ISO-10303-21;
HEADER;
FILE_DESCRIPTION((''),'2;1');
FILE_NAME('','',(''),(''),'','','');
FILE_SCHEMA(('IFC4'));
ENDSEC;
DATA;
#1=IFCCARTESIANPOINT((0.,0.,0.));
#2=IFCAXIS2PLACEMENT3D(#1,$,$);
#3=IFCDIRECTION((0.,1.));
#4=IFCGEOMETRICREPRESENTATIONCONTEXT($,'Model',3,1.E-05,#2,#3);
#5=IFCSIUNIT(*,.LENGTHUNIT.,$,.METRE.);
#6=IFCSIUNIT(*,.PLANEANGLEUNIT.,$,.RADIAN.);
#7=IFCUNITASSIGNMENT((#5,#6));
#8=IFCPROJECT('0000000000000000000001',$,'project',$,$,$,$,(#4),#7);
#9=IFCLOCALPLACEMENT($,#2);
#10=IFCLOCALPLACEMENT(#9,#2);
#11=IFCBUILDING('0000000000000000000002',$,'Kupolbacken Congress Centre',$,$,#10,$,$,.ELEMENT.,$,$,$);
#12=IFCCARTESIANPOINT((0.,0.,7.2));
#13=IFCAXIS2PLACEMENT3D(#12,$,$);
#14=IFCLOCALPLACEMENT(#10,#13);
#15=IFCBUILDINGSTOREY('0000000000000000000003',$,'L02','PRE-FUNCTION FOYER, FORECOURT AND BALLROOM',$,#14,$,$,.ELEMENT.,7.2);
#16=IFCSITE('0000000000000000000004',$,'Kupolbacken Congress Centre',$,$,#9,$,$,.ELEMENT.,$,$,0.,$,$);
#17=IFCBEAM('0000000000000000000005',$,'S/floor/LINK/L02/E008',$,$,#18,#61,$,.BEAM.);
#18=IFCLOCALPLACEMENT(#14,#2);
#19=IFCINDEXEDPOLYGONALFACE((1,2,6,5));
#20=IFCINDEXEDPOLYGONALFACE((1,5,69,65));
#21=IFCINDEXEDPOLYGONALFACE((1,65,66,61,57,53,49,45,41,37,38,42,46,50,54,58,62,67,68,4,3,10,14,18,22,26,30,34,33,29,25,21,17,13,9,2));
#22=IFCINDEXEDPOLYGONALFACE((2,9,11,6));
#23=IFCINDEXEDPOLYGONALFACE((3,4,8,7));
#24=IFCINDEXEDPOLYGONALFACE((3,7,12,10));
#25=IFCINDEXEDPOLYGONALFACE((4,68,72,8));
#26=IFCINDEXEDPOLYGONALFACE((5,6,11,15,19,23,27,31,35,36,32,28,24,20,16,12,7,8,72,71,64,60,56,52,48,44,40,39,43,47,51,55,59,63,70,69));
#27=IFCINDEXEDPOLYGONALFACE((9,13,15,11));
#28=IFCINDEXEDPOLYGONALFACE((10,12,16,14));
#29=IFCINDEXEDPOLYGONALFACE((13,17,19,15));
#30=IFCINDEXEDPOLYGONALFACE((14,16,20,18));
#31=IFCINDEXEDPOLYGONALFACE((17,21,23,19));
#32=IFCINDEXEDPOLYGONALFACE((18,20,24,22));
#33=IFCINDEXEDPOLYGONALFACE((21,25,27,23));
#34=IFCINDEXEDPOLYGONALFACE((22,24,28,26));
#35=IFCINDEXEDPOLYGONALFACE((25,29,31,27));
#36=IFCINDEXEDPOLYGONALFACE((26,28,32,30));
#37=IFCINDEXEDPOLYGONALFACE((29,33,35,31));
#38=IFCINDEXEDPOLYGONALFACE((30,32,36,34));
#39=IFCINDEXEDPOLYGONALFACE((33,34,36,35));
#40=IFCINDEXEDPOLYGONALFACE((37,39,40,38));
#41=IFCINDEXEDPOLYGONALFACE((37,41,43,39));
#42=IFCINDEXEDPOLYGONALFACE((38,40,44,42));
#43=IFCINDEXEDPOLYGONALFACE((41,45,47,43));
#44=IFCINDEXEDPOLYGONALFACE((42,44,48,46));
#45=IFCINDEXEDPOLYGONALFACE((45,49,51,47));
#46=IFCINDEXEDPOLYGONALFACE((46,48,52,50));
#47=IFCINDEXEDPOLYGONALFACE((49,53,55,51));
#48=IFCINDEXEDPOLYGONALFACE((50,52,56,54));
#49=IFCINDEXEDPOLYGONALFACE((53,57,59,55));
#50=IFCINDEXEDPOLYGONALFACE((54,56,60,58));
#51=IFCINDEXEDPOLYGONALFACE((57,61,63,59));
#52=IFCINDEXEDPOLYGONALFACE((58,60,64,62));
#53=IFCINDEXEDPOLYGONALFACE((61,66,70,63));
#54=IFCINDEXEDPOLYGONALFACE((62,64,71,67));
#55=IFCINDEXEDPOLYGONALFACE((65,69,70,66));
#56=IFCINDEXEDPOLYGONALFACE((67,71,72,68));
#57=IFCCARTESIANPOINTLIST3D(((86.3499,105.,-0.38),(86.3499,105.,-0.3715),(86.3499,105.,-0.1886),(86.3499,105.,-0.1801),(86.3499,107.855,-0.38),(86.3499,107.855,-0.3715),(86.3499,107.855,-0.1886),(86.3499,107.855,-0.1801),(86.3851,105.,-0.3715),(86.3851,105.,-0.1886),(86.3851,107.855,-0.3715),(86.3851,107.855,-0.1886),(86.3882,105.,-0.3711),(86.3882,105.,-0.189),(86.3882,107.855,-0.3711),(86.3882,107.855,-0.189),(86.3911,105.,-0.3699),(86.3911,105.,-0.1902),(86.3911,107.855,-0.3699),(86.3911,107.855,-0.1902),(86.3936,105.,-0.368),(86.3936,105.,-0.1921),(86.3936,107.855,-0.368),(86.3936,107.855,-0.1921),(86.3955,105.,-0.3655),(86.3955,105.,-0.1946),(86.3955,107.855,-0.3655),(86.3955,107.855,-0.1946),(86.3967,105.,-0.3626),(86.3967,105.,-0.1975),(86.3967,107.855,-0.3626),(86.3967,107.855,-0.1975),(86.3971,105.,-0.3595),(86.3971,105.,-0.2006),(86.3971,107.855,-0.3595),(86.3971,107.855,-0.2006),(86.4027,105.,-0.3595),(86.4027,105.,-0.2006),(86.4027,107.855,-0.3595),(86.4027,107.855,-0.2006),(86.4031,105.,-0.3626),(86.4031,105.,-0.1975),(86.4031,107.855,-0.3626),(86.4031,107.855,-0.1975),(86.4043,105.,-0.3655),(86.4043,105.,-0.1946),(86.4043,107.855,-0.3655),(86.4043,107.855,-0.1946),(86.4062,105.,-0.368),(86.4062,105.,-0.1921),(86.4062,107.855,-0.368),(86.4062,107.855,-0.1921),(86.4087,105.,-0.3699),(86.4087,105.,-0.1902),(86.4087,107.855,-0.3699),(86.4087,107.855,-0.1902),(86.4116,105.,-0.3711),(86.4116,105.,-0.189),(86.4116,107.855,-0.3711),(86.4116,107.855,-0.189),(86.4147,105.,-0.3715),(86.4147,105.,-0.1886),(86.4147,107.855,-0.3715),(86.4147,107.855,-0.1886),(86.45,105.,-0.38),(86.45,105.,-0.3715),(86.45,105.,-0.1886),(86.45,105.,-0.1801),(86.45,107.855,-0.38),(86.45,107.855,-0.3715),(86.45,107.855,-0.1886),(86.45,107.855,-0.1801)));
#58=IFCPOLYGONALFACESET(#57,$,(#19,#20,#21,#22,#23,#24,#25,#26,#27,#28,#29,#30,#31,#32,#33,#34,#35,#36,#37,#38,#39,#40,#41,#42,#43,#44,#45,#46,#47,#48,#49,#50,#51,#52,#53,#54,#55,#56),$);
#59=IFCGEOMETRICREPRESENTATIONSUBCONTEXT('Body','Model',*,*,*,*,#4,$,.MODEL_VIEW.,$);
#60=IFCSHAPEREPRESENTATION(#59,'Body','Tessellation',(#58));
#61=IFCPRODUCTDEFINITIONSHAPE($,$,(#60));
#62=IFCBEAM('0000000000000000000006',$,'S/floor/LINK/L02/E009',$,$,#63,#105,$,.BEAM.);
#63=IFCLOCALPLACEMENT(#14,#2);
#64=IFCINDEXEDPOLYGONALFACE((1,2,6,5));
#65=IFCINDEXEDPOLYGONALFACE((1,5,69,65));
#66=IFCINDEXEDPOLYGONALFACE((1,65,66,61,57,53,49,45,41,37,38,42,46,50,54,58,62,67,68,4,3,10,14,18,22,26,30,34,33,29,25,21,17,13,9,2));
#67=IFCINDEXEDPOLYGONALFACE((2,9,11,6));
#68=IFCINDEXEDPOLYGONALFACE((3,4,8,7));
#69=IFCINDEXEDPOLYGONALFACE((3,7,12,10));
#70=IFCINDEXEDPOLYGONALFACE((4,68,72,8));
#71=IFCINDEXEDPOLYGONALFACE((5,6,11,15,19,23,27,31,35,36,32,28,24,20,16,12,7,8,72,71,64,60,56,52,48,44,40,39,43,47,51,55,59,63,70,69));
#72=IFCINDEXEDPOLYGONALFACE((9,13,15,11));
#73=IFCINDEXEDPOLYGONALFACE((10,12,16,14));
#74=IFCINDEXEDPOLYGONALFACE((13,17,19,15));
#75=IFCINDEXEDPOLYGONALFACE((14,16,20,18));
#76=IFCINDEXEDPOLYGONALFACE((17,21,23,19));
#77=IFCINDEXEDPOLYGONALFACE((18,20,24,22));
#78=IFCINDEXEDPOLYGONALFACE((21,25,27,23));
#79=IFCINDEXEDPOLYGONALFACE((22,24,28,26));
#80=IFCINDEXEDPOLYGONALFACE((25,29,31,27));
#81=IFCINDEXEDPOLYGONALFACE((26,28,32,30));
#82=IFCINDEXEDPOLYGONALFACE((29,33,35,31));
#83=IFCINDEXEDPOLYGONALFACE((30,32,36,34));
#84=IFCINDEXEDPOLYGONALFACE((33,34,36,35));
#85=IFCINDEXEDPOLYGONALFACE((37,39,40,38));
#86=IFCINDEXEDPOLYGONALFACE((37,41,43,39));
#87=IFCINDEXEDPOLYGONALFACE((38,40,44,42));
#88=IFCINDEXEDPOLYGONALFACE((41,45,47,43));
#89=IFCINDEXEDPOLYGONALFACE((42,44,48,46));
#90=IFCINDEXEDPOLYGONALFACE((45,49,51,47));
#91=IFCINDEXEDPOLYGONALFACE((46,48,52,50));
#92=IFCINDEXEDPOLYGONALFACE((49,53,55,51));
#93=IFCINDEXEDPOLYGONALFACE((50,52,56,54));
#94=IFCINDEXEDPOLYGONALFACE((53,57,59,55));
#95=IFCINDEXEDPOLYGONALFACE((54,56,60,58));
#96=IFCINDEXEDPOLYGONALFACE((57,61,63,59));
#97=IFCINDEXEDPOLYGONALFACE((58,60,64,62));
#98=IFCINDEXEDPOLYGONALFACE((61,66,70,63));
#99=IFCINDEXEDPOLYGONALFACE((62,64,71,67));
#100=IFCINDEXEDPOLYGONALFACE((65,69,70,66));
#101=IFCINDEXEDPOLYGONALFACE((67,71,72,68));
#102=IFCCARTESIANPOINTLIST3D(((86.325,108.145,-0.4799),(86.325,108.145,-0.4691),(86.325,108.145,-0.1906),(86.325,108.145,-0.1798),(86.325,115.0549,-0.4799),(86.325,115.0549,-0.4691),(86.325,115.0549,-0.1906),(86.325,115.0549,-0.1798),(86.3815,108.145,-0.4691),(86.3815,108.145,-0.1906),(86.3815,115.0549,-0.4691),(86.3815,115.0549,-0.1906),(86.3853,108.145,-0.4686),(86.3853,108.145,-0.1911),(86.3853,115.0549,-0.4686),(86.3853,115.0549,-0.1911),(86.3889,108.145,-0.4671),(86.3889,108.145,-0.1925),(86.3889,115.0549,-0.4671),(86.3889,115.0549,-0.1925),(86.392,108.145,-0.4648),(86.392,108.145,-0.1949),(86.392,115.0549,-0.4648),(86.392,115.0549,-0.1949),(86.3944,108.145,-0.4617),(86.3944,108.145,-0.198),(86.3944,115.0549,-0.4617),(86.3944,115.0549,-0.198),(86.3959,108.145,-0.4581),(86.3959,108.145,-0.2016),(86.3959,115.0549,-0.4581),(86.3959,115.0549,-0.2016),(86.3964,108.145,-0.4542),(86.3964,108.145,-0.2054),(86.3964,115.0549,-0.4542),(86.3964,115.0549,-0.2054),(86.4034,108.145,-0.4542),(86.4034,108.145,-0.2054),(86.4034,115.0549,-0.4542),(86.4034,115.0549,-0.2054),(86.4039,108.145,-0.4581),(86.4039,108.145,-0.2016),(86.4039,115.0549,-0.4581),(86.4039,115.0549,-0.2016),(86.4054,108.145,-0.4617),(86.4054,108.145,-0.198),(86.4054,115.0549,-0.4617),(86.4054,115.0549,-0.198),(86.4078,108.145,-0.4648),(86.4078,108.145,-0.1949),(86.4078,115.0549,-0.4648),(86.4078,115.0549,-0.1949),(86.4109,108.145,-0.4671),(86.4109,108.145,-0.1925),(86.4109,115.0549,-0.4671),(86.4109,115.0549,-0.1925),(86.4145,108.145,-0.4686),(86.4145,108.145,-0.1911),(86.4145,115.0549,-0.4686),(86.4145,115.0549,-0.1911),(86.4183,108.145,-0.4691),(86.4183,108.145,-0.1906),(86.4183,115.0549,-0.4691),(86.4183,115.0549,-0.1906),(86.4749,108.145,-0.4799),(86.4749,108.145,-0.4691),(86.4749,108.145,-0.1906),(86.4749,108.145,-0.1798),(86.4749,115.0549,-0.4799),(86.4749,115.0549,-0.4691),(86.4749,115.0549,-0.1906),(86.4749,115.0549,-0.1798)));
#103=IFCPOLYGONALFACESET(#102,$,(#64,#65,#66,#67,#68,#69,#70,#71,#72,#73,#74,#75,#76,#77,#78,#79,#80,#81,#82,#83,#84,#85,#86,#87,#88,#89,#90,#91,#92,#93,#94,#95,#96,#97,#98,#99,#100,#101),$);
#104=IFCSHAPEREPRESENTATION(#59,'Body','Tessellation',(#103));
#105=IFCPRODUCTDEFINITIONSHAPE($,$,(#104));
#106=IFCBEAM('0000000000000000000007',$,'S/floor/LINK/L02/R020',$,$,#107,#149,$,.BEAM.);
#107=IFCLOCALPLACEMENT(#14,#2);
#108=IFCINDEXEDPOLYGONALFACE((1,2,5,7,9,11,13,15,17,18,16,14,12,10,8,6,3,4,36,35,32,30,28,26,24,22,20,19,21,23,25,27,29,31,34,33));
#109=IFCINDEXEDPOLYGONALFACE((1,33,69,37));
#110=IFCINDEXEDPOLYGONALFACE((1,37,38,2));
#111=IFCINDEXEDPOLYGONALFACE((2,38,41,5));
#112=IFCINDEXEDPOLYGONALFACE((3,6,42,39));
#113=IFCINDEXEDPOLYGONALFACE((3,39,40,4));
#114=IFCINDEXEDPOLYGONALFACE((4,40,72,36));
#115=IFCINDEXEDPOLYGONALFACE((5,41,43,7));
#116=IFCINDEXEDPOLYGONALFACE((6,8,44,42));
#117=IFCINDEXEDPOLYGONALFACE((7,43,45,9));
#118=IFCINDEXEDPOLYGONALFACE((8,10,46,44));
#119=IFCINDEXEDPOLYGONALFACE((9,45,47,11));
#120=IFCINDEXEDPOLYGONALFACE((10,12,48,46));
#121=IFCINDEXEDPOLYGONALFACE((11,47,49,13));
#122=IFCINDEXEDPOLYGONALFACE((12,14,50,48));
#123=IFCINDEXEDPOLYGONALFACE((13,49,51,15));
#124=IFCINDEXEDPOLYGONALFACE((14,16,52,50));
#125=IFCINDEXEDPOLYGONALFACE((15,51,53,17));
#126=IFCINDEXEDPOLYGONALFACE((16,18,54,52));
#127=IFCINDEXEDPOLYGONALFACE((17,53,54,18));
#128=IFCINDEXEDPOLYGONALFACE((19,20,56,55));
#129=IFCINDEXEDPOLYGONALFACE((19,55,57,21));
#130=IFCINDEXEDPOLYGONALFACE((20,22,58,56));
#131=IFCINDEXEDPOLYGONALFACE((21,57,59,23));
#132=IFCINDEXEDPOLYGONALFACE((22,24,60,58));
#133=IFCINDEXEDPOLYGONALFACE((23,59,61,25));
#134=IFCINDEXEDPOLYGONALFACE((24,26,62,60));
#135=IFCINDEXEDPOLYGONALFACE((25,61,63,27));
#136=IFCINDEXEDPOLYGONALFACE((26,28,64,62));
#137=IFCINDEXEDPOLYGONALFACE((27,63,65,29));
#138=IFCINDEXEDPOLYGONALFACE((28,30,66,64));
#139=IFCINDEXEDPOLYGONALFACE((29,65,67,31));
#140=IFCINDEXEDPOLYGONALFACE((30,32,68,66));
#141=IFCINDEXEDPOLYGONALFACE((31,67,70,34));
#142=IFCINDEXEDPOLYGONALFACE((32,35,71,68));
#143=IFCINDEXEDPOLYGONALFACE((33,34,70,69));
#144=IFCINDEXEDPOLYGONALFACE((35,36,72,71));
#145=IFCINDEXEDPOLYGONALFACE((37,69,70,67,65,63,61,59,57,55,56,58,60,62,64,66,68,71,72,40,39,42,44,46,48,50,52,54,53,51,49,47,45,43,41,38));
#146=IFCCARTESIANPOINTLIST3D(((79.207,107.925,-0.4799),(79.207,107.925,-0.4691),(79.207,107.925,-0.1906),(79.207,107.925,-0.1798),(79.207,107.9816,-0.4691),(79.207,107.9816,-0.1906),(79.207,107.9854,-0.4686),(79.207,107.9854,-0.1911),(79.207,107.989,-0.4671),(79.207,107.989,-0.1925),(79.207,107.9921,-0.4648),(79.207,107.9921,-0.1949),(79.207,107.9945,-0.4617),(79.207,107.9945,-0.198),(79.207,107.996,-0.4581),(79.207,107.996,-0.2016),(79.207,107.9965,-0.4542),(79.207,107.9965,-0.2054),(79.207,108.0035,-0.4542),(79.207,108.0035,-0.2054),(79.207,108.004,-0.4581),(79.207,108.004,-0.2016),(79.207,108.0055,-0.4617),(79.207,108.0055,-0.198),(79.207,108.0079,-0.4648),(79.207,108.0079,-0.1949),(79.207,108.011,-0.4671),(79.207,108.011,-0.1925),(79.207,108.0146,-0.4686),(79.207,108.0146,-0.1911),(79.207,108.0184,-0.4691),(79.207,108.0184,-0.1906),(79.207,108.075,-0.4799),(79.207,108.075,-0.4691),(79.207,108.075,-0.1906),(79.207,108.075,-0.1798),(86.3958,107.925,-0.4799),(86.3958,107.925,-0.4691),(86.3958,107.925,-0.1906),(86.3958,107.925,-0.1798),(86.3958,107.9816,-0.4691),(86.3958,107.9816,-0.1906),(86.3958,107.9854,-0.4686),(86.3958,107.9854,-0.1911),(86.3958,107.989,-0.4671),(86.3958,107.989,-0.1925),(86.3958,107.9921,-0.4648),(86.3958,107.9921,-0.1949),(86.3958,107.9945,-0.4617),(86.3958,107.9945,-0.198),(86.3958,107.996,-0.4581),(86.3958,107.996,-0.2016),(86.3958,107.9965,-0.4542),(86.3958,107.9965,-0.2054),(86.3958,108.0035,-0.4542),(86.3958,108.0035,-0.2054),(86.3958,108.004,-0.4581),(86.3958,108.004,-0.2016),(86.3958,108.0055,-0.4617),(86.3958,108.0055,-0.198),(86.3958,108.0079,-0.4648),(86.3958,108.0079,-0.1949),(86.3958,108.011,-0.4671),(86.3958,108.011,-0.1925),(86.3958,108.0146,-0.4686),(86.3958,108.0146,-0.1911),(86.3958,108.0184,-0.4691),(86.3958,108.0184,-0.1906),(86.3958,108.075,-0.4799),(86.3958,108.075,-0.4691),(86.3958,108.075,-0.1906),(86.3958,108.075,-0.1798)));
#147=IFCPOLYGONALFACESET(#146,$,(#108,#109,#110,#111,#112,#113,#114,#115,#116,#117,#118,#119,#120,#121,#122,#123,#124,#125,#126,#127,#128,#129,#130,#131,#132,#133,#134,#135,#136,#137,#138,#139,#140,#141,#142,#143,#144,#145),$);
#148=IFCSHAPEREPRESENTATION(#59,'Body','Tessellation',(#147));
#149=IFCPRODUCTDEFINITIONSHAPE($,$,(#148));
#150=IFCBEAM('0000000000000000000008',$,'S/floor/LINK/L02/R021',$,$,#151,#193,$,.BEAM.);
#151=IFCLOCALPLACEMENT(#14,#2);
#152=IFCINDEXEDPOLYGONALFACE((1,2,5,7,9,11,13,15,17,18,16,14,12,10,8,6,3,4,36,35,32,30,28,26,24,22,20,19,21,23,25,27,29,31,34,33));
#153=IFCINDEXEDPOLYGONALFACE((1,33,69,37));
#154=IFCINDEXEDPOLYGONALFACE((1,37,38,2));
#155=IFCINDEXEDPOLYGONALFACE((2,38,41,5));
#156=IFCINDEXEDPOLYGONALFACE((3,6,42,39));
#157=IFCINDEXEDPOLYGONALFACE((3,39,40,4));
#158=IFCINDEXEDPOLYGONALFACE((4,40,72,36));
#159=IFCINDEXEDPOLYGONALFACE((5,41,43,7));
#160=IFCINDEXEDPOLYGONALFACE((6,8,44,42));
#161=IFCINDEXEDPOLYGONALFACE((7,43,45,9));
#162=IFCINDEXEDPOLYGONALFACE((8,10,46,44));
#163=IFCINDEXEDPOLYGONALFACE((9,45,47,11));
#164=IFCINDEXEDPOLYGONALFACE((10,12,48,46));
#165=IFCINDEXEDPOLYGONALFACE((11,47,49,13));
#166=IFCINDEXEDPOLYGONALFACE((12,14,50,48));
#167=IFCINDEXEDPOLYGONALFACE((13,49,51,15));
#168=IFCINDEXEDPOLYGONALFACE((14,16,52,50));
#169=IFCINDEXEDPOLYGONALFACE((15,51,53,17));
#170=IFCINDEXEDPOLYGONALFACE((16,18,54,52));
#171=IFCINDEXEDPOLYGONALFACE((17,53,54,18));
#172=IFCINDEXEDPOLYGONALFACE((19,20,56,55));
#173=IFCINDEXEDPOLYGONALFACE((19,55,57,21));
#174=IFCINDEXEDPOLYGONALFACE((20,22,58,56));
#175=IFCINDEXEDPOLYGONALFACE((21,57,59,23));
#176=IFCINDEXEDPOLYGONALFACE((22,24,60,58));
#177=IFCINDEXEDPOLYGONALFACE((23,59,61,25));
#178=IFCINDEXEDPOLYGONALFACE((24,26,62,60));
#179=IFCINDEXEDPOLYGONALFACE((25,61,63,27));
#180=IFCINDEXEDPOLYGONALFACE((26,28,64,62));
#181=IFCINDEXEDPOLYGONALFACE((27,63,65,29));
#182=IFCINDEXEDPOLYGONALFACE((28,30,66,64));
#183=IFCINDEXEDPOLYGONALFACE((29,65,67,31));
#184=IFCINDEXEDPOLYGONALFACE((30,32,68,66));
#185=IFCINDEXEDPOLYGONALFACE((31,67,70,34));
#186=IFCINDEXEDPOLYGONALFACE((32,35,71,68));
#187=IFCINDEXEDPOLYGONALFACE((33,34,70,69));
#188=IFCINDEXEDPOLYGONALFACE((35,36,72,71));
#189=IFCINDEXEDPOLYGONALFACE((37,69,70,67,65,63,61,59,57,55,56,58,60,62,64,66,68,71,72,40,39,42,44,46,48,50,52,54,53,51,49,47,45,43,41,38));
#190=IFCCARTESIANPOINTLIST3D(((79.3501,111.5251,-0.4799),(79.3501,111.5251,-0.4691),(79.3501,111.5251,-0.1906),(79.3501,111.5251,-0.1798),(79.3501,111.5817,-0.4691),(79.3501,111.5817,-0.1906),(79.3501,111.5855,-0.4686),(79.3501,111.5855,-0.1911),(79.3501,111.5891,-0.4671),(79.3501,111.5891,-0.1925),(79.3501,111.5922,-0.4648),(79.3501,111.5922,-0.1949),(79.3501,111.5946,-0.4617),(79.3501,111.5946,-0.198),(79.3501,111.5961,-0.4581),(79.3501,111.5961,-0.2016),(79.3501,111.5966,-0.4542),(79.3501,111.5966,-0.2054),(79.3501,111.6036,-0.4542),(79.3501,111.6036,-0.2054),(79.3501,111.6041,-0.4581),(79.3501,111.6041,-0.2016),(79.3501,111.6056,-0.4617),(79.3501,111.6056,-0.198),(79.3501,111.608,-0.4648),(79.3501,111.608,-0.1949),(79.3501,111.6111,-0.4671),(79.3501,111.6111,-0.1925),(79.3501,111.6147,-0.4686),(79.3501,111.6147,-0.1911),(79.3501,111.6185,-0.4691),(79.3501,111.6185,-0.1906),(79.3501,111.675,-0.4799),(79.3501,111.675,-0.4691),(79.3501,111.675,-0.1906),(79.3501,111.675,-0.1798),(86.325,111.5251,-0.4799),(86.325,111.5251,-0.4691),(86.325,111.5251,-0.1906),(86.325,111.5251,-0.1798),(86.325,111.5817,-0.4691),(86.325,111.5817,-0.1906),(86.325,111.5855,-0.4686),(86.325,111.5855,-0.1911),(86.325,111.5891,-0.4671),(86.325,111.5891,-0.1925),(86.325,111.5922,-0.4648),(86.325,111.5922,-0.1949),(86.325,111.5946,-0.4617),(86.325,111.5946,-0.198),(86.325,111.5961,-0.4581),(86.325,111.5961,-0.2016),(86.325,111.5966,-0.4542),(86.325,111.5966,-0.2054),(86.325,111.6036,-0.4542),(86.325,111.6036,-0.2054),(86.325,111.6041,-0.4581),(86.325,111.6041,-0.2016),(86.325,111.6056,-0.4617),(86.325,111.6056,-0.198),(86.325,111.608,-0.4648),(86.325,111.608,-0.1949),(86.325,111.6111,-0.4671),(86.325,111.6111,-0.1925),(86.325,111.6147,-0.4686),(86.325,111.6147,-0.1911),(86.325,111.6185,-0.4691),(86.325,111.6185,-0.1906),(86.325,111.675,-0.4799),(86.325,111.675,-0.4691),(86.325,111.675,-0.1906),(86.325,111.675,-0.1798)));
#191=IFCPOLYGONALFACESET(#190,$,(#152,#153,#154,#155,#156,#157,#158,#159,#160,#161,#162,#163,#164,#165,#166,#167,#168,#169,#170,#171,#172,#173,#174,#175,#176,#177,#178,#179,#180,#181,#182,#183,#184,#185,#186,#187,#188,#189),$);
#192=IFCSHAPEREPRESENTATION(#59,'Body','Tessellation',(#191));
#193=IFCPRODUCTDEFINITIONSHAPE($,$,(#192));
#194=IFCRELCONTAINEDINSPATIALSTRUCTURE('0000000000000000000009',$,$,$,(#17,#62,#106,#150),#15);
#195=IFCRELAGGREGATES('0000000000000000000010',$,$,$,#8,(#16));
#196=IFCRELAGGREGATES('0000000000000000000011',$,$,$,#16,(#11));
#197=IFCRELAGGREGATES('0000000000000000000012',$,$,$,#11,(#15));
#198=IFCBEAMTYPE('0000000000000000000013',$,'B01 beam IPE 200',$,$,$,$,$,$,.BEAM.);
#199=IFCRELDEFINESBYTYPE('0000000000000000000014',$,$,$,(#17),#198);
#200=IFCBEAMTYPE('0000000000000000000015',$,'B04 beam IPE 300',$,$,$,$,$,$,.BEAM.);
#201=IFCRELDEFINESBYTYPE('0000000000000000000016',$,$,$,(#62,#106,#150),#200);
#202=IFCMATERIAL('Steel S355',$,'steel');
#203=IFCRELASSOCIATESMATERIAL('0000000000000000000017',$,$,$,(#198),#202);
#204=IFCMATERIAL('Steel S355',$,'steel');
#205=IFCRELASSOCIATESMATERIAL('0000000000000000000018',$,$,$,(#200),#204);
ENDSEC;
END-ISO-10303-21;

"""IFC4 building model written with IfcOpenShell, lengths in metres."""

from ifc_helpers import new_model, si_unit, direction, frame, origin, origin_2d, place, context, subcontext, project, spatial, i_section, extrude, material, material_profile, profile_set, type_object, element, save


model = new_model("IFC4")

# Units and contexts
model_context = context("Model", 3, precision=1e-05, world=origin(), true_north=direction((0.0, 1.0)))
body_context = subcontext(model_context, "Body", "Model", "MODEL_VIEW")
ifc_project = project(units=[si_unit("LENGTHUNIT", "METRE"), si_unit("PLANEANGLEUNIT", "RADIAN")], contexts=[model_context])

# Site, building, storey
site_placement = place(None, origin())
site = spatial("IfcSite", under=ifc_project, at=site_placement, Name="Kupolbacken Congress Centre", CompositionType="ELEMENT", RefElevation=0.0)
building_placement = place(site_placement, origin())
building = spatial("IfcBuilding", under=site, at=building_placement, Name="Kupolbacken Congress Centre", CompositionType="ELEMENT")
storey_placement = place(building_placement, frame((0.0, 0.0, 7.2)))
storey = spatial("IfcBuildingStorey", under=building, at=storey_placement, Name="L02", Description="PRE-FUNCTION FOYER, FORECOURT AND BALLROOM", CompositionType="ELEMENT", Elevation=7.2)

# Beams
ifc_material_1 = material(Name="Steel S355", Category="steel")
ifc_material_profile_1 = material_profile(ifc_material_1, i_section(OverallWidth=0.1001, OverallDepth=0.2, WebThickness=0.0056, FlangeThickness=0.0085, FilletRadius=0.012, at=origin_2d()), Name="IPE 200")
ifc_profile_set_1 = profile_set([ifc_material_profile_1], Name="Steel S355")
beam_type_1 = type_object("IfcBeamType", Name="B01 beam IPE 200", PredefinedType="BEAM", material=ifc_profile_set_1)
beam_1_placement = place(storey_placement, frame((86.3999, 105.0, -0.28), z_axis=(0.0, 1.0, 0.0), x_axis=(-1.0, 0.0, 0.0)))
element("IfcBeam", 1, at=beam_1_placement, inside=storey, type_object=beam_type_1, Name="S/floor/LINK/L02/E008", PredefinedType="BEAM", context=body_context, shape_type="SweptSolid", body=[
    extrude(i_section(OverallWidth=0.1001, OverallDepth=0.2, WebThickness=0.0056, FlangeThickness=0.0085, FilletRadius=0.012, at=origin_2d()), origin(), (0.0, 0.0, 1.0), 2.855),
])
ifc_material_2 = material(Name="Steel S355", Category="steel")
ifc_material_profile_2 = material_profile(ifc_material_2, i_section(OverallWidth=0.1499, OverallDepth=0.3, WebThickness=0.0071, FlangeThickness=0.0107, FilletRadius=0.0149, at=origin_2d()), Name="IPE 300")
ifc_profile_set_2 = profile_set([ifc_material_profile_2], Name="Steel S355")
beam_type_2 = type_object("IfcBeamType", Name="B04 beam IPE 300", PredefinedType="BEAM", material=ifc_profile_set_2)
beam_2_placement = place(storey_placement, frame((86.3999, 108.145, -0.3298), z_axis=(0.0, 1.0, 0.0), x_axis=(-1.0, 0.0, 0.0)))
element("IfcBeam", 2, at=beam_2_placement, inside=storey, type_object=beam_type_2, Name="S/floor/LINK/L02/E009", PredefinedType="BEAM", context=body_context, shape_type="SweptSolid", body=[
    extrude(i_section(OverallWidth=0.1499, OverallDepth=0.3, WebThickness=0.0071, FlangeThickness=0.0107, FilletRadius=0.0149, at=origin_2d()), origin(), (0.0, 0.0, 1.0), 6.9099),
])
beam_3_placement = place(storey_placement, frame((79.207, 108.0, -0.3298), z_axis=(1.0, 0.0, 0.0), x_axis=(0.0, 1.0, 0.0)))
element("IfcBeam", 3, at=beam_3_placement, inside=storey, type_object=beam_type_2, Name="S/floor/LINK/L02/R020", PredefinedType="BEAM", context=body_context, shape_type="SweptSolid", body=[
    extrude(i_section(OverallWidth=0.1499, OverallDepth=0.3, WebThickness=0.0071, FlangeThickness=0.0107, FilletRadius=0.0149, at=origin_2d()), origin(), (0.0, 0.0, 1.0), 7.1887),
])
beam_4_placement = place(storey_placement, frame((79.3501, 111.6001, -0.3298), z_axis=(1.0, 0.0, 0.0), x_axis=(0.0, 1.0, 0.0)))
element("IfcBeam", 4, at=beam_4_placement, inside=storey, type_object=beam_type_2, Name="S/floor/LINK/L02/R021", PredefinedType="BEAM", context=body_context, shape_type="SweptSolid", body=[
    extrude(i_section(OverallWidth=0.1499, OverallDepth=0.3, WebThickness=0.0071, FlangeThickness=0.0107, FilletRadius=0.0149, at=origin_2d()), origin(), (0.0, 0.0, 1.0), 6.9749),
])

save(model, "model.ifc")
